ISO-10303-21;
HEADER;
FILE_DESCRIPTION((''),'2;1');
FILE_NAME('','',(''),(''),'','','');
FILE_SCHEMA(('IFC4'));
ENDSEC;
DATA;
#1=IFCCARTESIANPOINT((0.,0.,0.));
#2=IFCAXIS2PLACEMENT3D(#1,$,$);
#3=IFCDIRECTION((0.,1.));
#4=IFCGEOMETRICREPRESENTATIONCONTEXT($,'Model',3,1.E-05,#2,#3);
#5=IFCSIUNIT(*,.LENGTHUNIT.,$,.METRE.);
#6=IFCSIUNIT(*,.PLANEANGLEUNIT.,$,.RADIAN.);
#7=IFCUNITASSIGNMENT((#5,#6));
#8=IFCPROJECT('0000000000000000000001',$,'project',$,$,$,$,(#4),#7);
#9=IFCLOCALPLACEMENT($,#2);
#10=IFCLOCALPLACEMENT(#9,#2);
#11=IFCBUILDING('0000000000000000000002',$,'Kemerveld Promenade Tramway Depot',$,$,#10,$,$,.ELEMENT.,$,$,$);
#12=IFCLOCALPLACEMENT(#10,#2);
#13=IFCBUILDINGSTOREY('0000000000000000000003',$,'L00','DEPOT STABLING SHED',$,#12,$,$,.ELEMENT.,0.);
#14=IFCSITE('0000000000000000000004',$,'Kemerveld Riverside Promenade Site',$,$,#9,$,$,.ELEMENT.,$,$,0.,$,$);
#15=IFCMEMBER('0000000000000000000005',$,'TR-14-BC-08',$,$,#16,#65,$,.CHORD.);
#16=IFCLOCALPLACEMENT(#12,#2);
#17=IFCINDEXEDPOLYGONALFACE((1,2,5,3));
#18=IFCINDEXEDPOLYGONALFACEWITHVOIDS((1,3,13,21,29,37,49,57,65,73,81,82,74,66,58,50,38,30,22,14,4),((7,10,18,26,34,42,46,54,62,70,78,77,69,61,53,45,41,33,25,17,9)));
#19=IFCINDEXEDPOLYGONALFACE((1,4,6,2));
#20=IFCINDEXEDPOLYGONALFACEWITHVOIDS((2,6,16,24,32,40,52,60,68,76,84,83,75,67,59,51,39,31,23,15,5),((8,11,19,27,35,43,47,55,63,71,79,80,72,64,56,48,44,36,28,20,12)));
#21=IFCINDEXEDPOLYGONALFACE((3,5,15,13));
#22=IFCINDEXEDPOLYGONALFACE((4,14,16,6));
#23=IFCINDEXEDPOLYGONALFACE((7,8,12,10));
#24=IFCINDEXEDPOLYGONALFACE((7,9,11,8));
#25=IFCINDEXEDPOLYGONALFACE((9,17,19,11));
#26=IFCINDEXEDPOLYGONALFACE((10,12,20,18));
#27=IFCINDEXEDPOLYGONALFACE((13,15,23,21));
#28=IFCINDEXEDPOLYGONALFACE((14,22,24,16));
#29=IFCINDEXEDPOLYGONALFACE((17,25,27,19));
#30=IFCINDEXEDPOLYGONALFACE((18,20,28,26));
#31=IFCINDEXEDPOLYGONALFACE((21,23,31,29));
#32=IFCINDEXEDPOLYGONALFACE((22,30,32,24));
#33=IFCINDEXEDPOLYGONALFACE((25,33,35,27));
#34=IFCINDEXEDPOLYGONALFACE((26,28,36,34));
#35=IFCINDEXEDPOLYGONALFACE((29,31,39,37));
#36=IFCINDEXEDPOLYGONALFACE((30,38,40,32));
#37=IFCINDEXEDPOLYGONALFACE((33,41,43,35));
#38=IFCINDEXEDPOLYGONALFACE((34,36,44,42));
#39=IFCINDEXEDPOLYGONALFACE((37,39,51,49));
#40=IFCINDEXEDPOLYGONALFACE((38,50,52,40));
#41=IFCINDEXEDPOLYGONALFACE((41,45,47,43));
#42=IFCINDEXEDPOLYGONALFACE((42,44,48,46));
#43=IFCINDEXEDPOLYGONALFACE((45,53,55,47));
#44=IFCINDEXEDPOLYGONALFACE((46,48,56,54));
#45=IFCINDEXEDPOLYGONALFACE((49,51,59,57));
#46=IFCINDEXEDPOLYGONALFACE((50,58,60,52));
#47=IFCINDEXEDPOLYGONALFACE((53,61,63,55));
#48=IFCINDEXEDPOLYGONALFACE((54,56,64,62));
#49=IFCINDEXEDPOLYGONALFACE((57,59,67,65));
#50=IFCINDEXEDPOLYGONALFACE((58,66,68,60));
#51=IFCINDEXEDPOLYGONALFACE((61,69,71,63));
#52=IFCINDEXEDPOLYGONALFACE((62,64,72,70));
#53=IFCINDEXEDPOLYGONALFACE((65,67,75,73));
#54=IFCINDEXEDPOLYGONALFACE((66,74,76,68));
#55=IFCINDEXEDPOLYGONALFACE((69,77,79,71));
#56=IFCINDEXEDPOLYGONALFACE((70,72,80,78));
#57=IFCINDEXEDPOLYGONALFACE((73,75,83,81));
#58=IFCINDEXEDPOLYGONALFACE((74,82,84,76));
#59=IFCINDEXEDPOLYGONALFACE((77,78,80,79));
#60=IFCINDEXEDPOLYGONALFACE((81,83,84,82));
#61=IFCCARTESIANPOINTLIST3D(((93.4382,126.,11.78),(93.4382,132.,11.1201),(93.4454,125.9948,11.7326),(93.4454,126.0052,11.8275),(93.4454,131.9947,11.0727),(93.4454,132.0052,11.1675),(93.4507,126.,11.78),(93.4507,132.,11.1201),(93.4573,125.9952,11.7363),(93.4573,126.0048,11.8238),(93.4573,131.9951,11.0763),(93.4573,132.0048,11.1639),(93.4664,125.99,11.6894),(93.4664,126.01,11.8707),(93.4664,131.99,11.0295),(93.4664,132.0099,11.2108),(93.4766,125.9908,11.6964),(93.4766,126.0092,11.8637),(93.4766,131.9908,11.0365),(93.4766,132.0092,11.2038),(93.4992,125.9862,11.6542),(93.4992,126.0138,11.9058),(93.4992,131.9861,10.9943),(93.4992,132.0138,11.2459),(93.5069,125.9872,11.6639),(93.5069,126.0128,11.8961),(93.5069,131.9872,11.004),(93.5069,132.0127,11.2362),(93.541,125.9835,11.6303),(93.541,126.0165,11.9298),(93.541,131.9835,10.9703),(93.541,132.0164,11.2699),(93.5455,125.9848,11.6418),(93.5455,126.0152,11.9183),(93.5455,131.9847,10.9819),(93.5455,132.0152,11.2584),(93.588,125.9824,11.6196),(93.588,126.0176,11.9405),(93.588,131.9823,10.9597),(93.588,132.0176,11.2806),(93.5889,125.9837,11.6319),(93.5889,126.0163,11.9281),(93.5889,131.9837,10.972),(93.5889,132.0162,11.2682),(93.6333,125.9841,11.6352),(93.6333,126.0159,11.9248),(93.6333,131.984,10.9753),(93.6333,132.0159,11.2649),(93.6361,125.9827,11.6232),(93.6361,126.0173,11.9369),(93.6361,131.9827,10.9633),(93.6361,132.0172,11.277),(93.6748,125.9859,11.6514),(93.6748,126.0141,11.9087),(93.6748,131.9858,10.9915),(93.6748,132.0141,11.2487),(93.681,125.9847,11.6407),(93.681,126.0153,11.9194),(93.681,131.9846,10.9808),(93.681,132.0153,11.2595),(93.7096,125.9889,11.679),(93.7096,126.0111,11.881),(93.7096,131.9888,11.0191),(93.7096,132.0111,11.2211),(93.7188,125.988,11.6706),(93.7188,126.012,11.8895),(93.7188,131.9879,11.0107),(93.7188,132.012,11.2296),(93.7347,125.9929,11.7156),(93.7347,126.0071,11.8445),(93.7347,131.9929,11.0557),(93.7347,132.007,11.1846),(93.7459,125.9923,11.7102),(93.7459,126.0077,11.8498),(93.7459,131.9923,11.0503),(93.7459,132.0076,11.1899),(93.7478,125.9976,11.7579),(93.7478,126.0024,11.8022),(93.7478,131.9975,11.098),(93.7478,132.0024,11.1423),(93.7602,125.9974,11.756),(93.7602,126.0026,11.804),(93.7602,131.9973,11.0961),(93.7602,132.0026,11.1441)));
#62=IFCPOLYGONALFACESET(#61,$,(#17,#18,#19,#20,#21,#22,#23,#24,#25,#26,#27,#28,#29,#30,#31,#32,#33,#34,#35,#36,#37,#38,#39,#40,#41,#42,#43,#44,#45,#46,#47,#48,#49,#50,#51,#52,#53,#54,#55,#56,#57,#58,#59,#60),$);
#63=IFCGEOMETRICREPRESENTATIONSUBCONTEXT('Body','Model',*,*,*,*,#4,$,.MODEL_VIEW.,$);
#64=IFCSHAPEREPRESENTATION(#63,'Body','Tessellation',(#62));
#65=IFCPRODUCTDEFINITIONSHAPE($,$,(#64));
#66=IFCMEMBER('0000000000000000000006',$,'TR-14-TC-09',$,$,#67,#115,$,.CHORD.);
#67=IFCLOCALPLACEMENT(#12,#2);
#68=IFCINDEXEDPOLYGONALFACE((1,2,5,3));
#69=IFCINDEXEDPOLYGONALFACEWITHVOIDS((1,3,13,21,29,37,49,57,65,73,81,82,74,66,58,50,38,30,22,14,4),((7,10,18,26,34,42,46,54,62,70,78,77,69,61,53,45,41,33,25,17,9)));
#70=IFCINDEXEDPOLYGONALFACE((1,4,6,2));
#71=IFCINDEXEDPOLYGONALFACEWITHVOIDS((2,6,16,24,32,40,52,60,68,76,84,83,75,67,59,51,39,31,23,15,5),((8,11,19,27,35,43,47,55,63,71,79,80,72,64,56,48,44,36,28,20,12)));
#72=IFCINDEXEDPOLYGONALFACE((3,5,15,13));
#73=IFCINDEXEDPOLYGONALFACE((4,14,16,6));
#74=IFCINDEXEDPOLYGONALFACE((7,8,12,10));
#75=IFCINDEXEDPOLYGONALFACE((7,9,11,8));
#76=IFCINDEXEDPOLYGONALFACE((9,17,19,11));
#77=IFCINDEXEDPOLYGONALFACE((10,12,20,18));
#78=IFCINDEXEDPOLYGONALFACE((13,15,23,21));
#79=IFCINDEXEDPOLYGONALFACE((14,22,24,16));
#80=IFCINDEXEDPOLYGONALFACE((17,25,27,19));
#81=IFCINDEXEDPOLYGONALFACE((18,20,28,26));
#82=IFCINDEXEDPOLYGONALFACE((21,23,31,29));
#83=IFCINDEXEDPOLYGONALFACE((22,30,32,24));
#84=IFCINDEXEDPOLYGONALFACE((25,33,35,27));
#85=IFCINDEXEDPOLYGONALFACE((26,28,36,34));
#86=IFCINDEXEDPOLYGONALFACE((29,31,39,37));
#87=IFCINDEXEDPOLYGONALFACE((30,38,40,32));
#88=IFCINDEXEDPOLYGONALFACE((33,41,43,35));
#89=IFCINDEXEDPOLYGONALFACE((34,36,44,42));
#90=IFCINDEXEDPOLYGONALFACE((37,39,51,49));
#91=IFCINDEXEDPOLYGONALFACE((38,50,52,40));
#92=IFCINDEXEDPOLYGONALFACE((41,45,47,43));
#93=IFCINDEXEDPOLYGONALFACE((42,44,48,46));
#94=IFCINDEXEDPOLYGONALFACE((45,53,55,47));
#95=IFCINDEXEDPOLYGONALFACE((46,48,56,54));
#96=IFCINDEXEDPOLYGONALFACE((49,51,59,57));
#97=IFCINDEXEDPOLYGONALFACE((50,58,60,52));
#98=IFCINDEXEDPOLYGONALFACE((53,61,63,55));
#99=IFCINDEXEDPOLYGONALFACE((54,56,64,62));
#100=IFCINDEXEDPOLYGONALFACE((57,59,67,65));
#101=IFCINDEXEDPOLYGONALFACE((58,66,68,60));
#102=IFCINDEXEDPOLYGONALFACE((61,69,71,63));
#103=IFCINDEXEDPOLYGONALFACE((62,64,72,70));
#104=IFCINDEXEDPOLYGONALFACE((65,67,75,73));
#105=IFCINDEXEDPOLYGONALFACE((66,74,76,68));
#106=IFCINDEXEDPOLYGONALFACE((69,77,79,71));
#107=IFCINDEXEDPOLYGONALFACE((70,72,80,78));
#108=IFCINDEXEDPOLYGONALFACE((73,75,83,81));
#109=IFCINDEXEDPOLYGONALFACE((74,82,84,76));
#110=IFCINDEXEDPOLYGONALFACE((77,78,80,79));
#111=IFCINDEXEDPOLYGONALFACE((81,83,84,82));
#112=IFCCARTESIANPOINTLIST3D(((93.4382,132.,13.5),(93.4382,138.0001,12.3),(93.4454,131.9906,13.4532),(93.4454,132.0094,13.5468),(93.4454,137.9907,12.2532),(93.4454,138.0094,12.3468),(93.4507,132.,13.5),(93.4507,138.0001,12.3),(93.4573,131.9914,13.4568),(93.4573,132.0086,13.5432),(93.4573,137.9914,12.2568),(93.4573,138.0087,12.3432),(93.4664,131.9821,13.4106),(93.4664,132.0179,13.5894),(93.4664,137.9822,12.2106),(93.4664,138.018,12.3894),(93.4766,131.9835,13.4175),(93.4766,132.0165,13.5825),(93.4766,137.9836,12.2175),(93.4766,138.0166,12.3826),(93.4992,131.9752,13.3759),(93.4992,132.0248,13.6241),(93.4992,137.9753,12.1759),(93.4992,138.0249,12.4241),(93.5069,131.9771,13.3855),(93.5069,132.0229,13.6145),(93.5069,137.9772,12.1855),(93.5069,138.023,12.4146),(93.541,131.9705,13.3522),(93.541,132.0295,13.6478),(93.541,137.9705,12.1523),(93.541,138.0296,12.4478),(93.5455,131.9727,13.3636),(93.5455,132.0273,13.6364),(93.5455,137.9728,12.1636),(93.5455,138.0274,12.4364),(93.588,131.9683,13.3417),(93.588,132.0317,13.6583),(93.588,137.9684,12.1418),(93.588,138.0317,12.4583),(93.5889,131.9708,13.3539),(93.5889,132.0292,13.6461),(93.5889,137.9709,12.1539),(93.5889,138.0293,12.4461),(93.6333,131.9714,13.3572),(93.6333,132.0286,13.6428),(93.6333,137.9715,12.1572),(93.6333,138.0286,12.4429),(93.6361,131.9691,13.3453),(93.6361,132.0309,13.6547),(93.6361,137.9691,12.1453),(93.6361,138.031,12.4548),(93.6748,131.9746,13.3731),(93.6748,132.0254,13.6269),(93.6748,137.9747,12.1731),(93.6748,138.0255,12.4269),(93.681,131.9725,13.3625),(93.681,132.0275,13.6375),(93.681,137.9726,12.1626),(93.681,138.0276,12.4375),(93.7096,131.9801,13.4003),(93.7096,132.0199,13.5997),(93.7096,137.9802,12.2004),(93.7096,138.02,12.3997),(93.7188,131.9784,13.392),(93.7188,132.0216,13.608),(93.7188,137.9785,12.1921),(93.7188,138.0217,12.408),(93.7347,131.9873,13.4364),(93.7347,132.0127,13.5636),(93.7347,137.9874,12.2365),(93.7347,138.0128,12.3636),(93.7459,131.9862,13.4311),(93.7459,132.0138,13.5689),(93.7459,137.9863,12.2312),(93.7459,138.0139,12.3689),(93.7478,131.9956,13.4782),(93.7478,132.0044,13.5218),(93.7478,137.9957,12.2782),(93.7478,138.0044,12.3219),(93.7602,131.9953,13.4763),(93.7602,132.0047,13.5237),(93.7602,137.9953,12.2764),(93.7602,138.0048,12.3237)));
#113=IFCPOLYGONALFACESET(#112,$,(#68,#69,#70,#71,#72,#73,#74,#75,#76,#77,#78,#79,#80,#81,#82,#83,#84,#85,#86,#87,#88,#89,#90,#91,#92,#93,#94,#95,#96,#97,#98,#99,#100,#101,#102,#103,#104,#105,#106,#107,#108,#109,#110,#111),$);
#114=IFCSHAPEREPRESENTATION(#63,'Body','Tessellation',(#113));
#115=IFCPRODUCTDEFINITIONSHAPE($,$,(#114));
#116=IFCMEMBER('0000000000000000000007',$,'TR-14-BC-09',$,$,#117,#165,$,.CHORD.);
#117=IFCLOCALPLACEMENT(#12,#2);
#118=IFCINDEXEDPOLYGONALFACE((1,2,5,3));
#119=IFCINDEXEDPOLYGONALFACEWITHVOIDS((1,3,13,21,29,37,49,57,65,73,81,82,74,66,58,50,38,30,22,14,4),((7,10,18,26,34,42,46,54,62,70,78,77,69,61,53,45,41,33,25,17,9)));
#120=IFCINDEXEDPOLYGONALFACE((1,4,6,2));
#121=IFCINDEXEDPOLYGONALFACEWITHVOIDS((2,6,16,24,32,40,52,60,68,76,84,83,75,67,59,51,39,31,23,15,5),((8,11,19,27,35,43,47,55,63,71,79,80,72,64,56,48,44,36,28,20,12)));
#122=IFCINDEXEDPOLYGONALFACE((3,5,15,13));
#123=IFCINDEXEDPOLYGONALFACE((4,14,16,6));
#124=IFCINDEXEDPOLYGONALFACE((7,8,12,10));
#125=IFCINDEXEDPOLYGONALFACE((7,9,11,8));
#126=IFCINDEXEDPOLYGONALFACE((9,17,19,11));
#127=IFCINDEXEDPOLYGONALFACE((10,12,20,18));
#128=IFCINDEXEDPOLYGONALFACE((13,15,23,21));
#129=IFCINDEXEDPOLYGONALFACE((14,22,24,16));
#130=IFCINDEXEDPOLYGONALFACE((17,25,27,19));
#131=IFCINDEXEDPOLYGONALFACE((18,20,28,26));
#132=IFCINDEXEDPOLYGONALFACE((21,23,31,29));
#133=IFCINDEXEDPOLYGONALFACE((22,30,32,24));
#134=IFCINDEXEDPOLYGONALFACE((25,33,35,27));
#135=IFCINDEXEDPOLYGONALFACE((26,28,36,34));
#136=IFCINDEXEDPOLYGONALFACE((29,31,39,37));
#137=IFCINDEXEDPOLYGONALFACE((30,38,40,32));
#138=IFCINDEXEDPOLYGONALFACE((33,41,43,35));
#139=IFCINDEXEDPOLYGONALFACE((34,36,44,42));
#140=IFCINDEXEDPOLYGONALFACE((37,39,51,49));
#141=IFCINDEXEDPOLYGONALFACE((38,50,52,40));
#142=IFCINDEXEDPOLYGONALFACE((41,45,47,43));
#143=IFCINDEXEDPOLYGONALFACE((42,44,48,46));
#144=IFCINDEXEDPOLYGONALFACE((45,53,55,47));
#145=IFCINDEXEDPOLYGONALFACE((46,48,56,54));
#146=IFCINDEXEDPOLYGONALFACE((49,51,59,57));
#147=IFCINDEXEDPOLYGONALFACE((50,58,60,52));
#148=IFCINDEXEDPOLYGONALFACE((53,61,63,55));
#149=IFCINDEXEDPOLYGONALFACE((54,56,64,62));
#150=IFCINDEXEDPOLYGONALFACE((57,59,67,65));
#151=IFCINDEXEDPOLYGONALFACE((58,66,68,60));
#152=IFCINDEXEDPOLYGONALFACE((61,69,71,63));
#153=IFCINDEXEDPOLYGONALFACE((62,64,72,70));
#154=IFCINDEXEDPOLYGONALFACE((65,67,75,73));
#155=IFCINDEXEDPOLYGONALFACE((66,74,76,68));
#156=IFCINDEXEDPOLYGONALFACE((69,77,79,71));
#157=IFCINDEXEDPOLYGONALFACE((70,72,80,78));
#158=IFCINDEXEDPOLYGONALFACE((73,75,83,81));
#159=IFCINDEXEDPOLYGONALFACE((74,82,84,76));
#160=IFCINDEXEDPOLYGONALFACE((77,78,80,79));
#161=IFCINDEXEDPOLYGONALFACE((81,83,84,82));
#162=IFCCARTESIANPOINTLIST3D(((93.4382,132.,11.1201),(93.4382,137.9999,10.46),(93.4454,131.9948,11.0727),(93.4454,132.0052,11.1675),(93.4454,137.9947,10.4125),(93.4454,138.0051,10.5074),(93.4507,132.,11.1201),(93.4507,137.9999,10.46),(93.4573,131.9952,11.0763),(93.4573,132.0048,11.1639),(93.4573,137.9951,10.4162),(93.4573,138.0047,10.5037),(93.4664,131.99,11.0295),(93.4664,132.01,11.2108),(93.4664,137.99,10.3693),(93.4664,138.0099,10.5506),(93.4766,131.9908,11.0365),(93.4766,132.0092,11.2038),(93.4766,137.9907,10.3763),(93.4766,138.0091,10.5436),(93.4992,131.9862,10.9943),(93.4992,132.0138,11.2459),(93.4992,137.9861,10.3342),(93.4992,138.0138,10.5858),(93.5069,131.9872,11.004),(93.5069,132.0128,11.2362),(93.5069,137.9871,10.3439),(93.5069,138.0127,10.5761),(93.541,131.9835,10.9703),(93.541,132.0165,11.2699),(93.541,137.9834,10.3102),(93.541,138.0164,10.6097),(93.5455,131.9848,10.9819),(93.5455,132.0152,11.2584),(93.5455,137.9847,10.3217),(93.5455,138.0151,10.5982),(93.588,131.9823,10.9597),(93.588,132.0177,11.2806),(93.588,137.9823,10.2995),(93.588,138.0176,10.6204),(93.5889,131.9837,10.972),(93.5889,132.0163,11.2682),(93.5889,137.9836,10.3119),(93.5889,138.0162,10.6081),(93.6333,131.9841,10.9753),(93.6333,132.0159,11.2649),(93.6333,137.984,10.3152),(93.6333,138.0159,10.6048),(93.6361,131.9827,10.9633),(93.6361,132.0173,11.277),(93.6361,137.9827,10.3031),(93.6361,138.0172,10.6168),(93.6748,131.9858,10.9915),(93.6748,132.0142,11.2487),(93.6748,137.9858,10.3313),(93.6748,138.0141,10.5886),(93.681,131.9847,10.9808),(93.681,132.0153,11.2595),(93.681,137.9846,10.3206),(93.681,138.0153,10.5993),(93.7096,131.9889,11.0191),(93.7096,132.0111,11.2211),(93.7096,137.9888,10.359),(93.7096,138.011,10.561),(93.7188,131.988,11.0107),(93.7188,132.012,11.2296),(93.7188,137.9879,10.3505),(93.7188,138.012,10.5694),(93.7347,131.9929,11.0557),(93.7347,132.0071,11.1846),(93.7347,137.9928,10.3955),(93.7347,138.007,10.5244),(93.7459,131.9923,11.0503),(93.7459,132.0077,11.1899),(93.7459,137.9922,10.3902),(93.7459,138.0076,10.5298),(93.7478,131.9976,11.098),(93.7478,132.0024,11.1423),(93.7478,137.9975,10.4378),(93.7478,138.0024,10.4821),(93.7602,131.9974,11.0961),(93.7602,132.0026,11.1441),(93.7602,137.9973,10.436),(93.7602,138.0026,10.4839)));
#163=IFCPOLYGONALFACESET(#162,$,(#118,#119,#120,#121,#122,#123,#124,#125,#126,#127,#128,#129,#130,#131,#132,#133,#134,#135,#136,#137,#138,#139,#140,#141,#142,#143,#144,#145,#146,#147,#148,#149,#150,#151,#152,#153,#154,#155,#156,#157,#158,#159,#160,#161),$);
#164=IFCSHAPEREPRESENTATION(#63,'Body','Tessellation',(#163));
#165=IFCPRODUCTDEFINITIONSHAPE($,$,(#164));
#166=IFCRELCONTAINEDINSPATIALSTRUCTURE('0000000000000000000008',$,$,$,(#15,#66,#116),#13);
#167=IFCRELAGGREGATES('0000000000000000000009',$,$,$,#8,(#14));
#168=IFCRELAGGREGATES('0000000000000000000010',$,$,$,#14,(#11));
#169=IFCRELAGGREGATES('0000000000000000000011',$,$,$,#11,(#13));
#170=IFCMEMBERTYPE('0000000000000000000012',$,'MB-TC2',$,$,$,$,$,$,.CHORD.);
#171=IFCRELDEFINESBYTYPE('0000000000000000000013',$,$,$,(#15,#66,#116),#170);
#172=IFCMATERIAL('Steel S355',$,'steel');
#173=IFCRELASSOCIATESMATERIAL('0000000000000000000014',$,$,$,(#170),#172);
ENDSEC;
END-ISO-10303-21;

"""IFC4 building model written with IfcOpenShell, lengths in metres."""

from ifc_helpers import new_model, si_unit, direction, frame, origin, origin_2d, place, context, subcontext, project, spatial, hollow_circle, extrude, material, material_profile, profile_set, type_object, element, save


model = new_model("IFC4")

# Units and contexts
model_context = context("Model", 3, precision=1e-05, world=origin(), true_north=direction((0.0, 1.0)))
body_context = subcontext(model_context, "Body", "Model", "MODEL_VIEW")
ifc_project = project(units=[si_unit("LENGTHUNIT", "METRE"), si_unit("PLANEANGLEUNIT", "RADIAN")], contexts=[model_context])

# Site, building, storey
site_placement = place(None, origin())
site = spatial("IfcSite", under=ifc_project, at=site_placement, Name="Kemerveld Riverside Promenade Site", CompositionType="ELEMENT", RefElevation=0.0)
building_placement = place(site_placement, origin())
building = spatial("IfcBuilding", under=site, at=building_placement, Name="Kemerveld Promenade Tramway Depot", CompositionType="ELEMENT")
storey_placement = place(building_placement, origin())
storey = spatial("IfcBuildingStorey", under=building, at=storey_placement, Name="L00", Description="DEPOT STABLING SHED", CompositionType="ELEMENT", Elevation=0.0)

# Members
ifc_material_1 = material(Name="Steel S355", Category="steel")
ifc_material_profile_1 = material_profile(ifc_material_1, hollow_circle(Radius=0.1619, WallThickness=0.0125, at=origin_2d()), Name="323.9x12.5 CHS")
ifc_profile_set_1 = profile_set([ifc_material_profile_1], Name="Steel S355")
member_type_1 = type_object("IfcMemberType", Name="MB-TC2", PredefinedType="CHORD", material=ifc_profile_set_1)
member_1_placement = place(storey_placement, frame((93.6001, 126.0, 11.78), z_axis=(0.0, 0.994006, -0.109326), x_axis=(-1.0, 0.0, 0.0)))
element("IfcMember", 1, at=member_1_placement, inside=storey, type_object=member_type_1, Name="TR-14-BC-08", PredefinedType="CHORD", context=body_context, shape_type="SweptSolid", body=[
    extrude(hollow_circle(Radius=0.1619, WallThickness=0.0125, at=origin_2d()), origin(), (0.0, 0.0, 1.0), 6.0361),
])
member_2_placement = place(storey_placement, frame((93.6001, 132.0, 13.5), z_axis=(0.0, 0.980582, -0.196108), x_axis=(-1.0, 0.0, 0.0)))
element("IfcMember", 2, at=member_2_placement, inside=storey, type_object=member_type_1, Name="TR-14-TC-09", PredefinedType="CHORD", context=body_context, shape_type="SweptSolid", body=[
    extrude(hollow_circle(Radius=0.1619, WallThickness=0.0125, at=origin_2d()), origin(), (0.0, 0.0, 1.0), 6.1189),
])
member_3_placement = place(storey_placement, frame((93.6001, 132.0, 11.1201), z_axis=(0.0, 0.994002, -0.109366), x_axis=(-1.0, 0.0, 0.0)))
element("IfcMember", 3, at=member_3_placement, inside=storey, type_object=member_type_1, Name="TR-14-BC-09", PredefinedType="CHORD", context=body_context, shape_type="SweptSolid", body=[
    extrude(hollow_circle(Radius=0.1619, WallThickness=0.0125, at=origin_2d()), origin(), (0.0, 0.0, 1.0), 6.0361),
])

save(model, "model.ifc")
